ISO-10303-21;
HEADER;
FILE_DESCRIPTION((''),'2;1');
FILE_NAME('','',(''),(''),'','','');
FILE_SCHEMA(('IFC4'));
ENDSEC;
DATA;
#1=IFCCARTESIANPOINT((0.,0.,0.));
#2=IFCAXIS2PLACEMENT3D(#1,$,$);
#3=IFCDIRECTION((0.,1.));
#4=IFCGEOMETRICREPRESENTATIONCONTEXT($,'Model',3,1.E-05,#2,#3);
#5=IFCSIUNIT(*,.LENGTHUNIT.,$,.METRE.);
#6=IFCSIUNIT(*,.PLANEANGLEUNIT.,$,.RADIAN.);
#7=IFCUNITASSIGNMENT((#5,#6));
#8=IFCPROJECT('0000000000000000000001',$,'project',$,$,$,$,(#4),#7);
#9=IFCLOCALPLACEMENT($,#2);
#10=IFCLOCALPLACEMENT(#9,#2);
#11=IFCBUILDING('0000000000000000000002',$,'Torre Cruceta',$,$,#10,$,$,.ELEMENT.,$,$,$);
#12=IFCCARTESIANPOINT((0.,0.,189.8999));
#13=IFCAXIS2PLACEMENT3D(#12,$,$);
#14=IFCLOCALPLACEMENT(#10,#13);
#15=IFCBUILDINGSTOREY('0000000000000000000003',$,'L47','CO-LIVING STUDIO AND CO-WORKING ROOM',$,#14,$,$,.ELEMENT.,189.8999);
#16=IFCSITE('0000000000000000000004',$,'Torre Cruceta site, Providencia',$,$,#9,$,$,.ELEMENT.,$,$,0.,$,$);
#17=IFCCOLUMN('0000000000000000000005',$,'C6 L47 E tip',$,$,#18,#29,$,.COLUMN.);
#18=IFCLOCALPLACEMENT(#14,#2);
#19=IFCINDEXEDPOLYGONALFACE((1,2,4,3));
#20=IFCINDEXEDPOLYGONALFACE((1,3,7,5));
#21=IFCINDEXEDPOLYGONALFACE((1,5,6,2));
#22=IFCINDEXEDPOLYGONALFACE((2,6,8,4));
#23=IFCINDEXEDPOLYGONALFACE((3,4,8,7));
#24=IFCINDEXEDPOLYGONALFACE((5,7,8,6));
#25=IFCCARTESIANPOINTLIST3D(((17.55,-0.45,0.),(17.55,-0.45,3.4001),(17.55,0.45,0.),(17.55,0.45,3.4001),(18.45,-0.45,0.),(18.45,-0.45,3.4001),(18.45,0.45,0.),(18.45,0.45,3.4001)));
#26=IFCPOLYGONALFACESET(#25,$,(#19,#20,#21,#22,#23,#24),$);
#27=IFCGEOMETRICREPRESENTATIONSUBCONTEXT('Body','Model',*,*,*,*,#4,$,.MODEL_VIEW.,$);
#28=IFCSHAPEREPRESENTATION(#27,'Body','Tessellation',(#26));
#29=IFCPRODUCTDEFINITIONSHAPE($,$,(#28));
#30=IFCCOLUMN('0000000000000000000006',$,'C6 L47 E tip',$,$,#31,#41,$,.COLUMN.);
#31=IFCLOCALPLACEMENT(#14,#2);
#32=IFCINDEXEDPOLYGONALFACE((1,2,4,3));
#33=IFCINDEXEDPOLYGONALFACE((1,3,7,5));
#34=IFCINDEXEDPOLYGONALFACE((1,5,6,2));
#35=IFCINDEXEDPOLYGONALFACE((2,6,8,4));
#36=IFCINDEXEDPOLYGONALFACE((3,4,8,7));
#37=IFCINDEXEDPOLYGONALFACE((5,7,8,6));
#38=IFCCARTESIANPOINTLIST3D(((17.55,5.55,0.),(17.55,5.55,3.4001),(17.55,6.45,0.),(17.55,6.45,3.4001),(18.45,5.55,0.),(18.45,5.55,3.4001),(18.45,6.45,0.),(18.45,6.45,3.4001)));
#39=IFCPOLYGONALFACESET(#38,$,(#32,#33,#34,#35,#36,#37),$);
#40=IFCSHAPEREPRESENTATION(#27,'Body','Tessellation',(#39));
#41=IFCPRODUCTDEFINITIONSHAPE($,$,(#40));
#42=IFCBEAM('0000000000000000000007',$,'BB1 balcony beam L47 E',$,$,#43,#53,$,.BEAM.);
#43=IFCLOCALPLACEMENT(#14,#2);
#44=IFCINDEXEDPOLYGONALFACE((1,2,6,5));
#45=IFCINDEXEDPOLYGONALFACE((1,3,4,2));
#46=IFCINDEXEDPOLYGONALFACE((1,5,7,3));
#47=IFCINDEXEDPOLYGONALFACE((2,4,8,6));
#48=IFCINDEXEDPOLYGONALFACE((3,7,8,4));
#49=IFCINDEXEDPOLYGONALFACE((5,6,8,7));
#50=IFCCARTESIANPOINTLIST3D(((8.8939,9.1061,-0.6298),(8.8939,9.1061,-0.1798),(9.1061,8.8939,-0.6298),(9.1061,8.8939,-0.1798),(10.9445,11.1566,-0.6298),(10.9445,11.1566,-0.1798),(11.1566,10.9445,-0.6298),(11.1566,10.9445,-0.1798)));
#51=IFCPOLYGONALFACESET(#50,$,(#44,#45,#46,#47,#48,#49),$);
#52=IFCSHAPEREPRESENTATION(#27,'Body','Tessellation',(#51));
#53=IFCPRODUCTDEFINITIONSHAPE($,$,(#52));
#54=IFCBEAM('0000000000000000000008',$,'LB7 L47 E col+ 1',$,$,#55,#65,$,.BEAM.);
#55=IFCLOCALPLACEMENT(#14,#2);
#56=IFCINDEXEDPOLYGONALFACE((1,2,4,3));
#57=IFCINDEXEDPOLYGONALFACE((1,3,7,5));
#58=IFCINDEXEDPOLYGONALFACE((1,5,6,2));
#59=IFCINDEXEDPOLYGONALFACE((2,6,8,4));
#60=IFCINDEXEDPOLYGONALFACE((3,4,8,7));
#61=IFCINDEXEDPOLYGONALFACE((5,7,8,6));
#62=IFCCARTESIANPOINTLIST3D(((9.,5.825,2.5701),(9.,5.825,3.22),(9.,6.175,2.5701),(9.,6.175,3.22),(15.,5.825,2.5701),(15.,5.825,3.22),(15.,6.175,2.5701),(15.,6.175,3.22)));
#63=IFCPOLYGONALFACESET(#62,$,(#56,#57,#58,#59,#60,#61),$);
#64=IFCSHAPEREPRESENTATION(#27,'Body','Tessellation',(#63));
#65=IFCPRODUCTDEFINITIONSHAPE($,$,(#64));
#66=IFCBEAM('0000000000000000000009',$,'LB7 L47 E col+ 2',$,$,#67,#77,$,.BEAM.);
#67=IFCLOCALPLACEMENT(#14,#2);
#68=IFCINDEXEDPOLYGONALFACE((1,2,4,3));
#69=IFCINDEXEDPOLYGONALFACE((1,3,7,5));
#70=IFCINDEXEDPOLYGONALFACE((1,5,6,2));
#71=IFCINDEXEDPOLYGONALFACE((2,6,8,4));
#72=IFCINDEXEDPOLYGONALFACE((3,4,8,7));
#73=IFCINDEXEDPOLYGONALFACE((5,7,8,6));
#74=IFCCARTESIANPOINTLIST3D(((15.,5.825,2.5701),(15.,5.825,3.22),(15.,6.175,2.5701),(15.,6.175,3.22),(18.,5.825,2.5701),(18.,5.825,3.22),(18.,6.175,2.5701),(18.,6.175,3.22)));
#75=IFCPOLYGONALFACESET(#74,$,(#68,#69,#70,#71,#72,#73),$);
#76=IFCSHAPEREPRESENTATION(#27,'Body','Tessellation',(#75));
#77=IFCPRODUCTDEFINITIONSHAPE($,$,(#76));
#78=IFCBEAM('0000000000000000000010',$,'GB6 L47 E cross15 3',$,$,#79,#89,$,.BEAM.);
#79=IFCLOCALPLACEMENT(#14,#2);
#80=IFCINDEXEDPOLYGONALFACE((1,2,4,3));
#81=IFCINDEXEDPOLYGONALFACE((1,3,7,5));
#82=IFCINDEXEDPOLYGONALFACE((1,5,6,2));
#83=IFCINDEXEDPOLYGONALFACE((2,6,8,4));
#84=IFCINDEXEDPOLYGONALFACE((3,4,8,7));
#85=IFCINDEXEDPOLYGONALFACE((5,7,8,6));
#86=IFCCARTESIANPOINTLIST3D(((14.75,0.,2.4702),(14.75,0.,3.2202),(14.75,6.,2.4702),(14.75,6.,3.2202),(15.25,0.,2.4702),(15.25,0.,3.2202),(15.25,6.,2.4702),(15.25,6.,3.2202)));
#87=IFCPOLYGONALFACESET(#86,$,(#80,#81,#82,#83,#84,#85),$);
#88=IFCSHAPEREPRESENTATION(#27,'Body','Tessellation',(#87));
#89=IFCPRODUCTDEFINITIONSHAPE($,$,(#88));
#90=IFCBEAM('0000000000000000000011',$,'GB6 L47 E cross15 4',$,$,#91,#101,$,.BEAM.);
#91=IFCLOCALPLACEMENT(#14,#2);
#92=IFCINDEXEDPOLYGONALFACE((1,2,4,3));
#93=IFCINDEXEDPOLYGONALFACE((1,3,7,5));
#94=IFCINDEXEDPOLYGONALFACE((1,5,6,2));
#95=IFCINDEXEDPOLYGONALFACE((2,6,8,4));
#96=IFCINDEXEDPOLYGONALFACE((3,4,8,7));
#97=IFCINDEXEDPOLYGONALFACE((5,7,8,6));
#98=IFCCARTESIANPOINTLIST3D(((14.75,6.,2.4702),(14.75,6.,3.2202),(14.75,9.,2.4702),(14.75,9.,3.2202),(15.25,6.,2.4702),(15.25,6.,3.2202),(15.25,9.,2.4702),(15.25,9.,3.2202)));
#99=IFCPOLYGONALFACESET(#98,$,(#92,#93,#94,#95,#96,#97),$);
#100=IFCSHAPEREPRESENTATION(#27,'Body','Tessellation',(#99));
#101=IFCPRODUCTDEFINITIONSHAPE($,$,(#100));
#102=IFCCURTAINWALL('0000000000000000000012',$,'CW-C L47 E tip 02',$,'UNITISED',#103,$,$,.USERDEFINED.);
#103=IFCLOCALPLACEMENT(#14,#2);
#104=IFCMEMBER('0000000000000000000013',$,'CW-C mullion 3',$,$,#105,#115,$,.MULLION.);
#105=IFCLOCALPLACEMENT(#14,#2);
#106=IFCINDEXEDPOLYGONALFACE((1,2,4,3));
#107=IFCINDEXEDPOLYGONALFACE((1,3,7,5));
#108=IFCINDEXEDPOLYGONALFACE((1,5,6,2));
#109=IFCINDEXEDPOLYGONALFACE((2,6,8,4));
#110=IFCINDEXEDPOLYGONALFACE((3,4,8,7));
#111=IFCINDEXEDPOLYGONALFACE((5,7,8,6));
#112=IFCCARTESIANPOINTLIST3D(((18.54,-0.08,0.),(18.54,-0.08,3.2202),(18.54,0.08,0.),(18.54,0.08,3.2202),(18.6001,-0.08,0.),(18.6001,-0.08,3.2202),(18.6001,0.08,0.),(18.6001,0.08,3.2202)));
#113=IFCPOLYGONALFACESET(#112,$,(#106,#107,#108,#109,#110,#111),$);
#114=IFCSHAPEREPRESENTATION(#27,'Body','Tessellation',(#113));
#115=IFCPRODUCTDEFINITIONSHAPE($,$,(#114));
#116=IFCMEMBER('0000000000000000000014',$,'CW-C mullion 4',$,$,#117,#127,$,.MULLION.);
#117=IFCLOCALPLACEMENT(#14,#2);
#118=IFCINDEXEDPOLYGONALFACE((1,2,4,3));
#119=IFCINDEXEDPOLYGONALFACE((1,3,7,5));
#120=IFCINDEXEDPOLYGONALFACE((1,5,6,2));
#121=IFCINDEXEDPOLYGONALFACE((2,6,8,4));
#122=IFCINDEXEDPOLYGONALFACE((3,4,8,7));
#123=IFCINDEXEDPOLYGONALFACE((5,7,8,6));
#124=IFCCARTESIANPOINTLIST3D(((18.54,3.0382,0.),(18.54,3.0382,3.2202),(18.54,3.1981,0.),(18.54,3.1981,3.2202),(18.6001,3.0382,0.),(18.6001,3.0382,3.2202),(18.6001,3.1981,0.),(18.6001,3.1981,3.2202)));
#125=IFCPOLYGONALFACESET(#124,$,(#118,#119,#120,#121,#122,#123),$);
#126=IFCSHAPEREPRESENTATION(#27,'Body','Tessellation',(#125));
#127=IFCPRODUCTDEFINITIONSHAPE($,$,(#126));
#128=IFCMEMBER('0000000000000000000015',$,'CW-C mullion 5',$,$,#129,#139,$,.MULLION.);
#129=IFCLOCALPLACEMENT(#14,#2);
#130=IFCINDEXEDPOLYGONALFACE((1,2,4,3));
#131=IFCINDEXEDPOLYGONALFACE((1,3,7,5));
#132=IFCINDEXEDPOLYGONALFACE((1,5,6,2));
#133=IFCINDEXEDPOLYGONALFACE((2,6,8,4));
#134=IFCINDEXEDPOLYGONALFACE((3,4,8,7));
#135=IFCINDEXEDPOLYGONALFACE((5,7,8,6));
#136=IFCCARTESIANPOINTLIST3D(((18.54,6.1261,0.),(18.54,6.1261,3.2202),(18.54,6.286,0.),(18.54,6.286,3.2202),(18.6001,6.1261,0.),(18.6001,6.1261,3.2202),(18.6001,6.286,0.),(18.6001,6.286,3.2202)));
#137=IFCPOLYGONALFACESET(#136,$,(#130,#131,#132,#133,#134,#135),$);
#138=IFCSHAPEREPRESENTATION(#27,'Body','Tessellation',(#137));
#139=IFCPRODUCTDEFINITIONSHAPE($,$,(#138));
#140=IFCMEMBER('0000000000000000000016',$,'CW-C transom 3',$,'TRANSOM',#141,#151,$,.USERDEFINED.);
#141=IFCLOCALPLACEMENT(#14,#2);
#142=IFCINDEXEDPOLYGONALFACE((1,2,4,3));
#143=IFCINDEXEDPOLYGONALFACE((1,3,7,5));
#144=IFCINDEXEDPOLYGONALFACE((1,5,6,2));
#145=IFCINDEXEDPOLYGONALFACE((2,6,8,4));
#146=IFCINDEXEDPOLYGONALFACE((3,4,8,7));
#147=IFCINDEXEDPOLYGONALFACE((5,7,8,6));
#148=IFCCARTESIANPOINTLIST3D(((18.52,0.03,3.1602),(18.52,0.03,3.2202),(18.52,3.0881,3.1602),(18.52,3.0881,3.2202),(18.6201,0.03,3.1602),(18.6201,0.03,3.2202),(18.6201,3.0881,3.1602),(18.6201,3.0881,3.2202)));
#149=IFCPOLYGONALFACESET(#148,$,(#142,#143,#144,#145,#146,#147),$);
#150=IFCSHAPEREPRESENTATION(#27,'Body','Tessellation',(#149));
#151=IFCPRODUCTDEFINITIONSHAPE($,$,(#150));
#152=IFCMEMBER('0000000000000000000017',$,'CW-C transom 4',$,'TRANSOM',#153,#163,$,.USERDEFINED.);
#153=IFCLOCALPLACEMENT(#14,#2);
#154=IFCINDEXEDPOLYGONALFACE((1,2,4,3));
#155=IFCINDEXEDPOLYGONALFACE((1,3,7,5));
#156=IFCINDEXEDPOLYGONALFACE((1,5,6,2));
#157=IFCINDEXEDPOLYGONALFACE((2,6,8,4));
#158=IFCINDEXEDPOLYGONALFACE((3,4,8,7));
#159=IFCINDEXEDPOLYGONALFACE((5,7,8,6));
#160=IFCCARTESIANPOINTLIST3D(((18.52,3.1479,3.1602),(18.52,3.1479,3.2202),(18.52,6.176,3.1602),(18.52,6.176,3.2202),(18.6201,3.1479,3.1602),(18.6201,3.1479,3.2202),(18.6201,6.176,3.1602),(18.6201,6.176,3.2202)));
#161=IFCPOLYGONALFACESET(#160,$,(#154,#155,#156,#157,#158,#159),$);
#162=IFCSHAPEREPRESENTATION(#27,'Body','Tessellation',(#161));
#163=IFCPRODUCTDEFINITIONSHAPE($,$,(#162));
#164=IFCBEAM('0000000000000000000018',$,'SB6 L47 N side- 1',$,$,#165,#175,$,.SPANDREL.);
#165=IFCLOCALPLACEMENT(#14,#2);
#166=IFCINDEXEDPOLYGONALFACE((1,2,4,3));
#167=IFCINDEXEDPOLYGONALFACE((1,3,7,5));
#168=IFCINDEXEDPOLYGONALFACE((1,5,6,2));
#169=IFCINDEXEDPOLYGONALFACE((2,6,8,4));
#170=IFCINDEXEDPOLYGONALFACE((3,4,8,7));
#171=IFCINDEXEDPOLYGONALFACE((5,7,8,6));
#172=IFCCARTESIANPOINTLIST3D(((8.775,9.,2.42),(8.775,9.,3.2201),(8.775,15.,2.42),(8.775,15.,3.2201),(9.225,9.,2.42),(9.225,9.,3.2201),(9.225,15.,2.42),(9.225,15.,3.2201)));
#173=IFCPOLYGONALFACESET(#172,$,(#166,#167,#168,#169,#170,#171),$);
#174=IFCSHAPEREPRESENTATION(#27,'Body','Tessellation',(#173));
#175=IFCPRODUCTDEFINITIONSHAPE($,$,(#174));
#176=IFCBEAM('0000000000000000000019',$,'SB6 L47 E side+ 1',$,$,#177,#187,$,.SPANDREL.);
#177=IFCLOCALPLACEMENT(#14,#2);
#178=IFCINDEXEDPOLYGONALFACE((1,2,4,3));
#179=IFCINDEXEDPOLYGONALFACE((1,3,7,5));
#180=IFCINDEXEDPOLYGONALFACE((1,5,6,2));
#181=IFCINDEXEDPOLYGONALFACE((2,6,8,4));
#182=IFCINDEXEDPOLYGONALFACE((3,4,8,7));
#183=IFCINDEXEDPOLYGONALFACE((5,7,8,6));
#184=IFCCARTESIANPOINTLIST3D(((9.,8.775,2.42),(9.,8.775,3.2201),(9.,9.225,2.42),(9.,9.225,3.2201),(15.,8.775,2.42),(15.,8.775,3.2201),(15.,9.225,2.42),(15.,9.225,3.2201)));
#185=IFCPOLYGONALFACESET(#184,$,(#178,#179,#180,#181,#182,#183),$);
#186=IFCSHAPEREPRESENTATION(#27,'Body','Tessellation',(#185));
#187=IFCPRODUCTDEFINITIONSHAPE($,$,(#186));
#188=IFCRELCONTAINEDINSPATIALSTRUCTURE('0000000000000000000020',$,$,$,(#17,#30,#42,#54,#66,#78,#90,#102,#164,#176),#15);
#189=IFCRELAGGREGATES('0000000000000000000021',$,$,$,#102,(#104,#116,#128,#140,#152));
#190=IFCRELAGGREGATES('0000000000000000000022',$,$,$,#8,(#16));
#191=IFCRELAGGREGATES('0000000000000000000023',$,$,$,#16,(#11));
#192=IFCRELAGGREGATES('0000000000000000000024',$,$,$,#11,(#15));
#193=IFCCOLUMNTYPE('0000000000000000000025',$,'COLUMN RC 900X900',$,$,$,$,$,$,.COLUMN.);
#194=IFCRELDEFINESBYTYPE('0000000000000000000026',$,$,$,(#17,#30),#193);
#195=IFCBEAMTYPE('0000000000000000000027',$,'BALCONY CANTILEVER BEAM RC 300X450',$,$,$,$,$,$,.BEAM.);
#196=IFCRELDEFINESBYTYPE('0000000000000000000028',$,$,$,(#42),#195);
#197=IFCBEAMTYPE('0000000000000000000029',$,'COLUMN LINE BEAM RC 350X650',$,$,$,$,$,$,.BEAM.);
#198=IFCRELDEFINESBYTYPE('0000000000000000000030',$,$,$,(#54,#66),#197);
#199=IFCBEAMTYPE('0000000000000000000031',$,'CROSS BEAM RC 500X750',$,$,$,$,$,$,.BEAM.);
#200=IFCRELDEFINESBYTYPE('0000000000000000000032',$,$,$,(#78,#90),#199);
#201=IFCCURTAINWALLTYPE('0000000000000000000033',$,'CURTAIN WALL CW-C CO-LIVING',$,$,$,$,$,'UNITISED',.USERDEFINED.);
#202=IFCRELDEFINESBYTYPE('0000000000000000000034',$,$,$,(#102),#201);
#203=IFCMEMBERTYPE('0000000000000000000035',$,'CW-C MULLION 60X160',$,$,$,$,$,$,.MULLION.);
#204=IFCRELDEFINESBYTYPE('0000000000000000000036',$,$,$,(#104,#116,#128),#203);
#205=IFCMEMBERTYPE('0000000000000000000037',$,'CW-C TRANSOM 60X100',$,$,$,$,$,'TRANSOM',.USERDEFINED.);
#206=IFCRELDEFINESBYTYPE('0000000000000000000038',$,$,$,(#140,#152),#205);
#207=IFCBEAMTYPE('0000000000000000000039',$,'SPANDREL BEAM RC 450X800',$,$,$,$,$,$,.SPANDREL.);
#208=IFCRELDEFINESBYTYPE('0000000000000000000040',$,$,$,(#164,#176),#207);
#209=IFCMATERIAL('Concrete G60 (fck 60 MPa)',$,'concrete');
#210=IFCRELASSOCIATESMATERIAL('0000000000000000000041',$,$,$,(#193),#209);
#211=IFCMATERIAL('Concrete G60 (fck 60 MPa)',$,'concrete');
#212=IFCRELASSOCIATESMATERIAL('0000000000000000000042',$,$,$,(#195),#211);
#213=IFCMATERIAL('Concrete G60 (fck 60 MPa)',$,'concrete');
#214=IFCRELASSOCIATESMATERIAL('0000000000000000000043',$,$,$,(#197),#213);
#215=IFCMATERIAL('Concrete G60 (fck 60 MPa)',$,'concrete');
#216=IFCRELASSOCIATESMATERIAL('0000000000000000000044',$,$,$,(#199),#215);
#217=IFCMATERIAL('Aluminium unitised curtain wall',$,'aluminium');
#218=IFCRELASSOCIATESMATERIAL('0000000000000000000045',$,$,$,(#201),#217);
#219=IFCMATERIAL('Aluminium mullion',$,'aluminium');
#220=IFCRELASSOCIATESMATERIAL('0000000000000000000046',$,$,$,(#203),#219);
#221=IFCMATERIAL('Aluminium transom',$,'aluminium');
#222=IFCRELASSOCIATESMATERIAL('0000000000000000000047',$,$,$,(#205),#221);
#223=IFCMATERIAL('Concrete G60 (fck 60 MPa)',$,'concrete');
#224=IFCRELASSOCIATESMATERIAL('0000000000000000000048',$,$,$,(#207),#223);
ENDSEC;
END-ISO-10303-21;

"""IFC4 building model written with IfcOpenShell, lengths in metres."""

from ifc_helpers import new_model, si_unit, direction, frame, origin, origin_2d, place, context, subcontext, project, spatial, rectangle, extrude, material, material_profile, profile_set, type_object, element, aggregate, save


model = new_model("IFC4")

# Units and contexts
model_context = context("Model", 3, precision=1e-05, world=origin(), true_north=direction((0.0, 1.0)))
body_context = subcontext(model_context, "Body", "Model", "MODEL_VIEW")
ifc_project = project(units=[si_unit("LENGTHUNIT", "METRE"), si_unit("PLANEANGLEUNIT", "RADIAN")], contexts=[model_context])

# Site, building, storey
site_placement = place(None, origin())
site = spatial("IfcSite", under=ifc_project, at=site_placement, Name="Torre Cruceta site, Providencia", CompositionType="ELEMENT", RefElevation=0.0)
building_placement = place(site_placement, origin())
building = spatial("IfcBuilding", under=site, at=building_placement, Name="Torre Cruceta", CompositionType="ELEMENT")
storey_placement = place(building_placement, frame((0.0, 0.0, 189.8999)))
storey = spatial("IfcBuildingStorey", under=building, at=storey_placement, Name="L47", Description="CO-LIVING STUDIO AND CO-WORKING ROOM", CompositionType="ELEMENT", Elevation=189.8999)

# Columns
ifc_material_1 = material(Name="Concrete G60 (fck 60 MPa)", Category="concrete")
ifc_material_profile_1 = material_profile(ifc_material_1, rectangle(XDim=0.8999, YDim=0.8999, at=origin_2d()), Name="RC 900X900")
ifc_profile_set_1 = profile_set([ifc_material_profile_1], Name="Concrete G60 (fck 60 MPa)")
column_type = type_object("IfcColumnType", Name="COLUMN RC 900X900", PredefinedType="COLUMN", material=ifc_profile_set_1)
for number, where, z_axis, x_axis, name in (
    (1, (18.0, 0.0, 0.0), (0.0, 0.0, 1.0), (1.0, 0.0, 0.0), "C6 L47 E tip"),
    (2, (18.0, 6.0, 0.0), (0.0, 0.0, 1.0), (1.0, 0.0, 0.0), "C6 L47 E tip"),
):
    element("IfcColumn", number, at=place(storey_placement, frame(where, z_axis=z_axis, x_axis=x_axis)), inside=storey, type_object=column_type, Name=name, PredefinedType="COLUMN", context=body_context, shape_type="SweptSolid", body=[
        extrude(rectangle(XDim=0.8999, YDim=0.8999, at=origin_2d()), origin(), (0.0, 0.0, 1.0), 3.4001),
    ])

# Beams
ifc_material_2 = material(Name="Concrete G60 (fck 60 MPa)", Category="concrete")
ifc_material_profile_2 = material_profile(ifc_material_2, rectangle(XDim=0.3, YDim=0.45, at=origin_2d()), Name="RC 300X450")
ifc_profile_set_2 = profile_set([ifc_material_profile_2], Name="Concrete G60 (fck 60 MPa)")
beam_type_1 = type_object("IfcBeamType", Name="BALCONY CANTILEVER BEAM RC 300X450", PredefinedType="BEAM", material=ifc_profile_set_2)
beam_1_placement = place(storey_placement, frame((9.0, 9.0, -0.4048), z_axis=(0.707107, 0.707107, 0.0), x_axis=(-0.707107, 0.707107, 0.0)))
element("IfcBeam", 3, at=beam_1_placement, inside=storey, type_object=beam_type_1, Name="BB1 balcony beam L47 E", PredefinedType="BEAM", context=body_context, shape_type="SweptSolid", body=[
    extrude(rectangle(XDim=0.3, YDim=0.45, at=origin_2d()), origin(), (0.0, 0.0, 1.0), 2.8999),
])
ifc_material_3 = material(Name="Concrete G60 (fck 60 MPa)", Category="concrete")
ifc_material_profile_3 = material_profile(ifc_material_3, rectangle(XDim=0.3501, YDim=0.6499, at=origin_2d()), Name="RC 350X650")
ifc_profile_set_3 = profile_set([ifc_material_profile_3], Name="Concrete G60 (fck 60 MPa)")
beam_type_2 = type_object("IfcBeamType", Name="COLUMN LINE BEAM RC 350X650", PredefinedType="BEAM", material=ifc_profile_set_3)
beam_2_placement = place(storey_placement, frame((9.0, 6.0, 2.895), z_axis=(1.0, 0.0, 0.0), x_axis=(0.0, 1.0, 0.0)))
element("IfcBeam", 4, at=beam_2_placement, inside=storey, type_object=beam_type_2, Name="LB7 L47 E col+ 1", PredefinedType="BEAM", context=body_context, shape_type="SweptSolid", body=[
    extrude(rectangle(XDim=0.3501, YDim=0.6499, at=origin_2d()), origin(), (0.0, 0.0, 1.0), 6.0),
])
beam_3_placement = place(storey_placement, frame((15.0, 6.0, 2.895), z_axis=(1.0, 0.0, 0.0), x_axis=(0.0, 1.0, 0.0)))
element("IfcBeam", 5, at=beam_3_placement, inside=storey, type_object=beam_type_2, Name="LB7 L47 E col+ 2", PredefinedType="BEAM", context=body_context, shape_type="SweptSolid", body=[
    extrude(rectangle(XDim=0.3501, YDim=0.6499, at=origin_2d()), origin(), (0.0, 0.0, 1.0), 3.0),
])
ifc_material_4 = material(Name="Concrete G60 (fck 60 MPa)", Category="concrete")
ifc_material_profile_4 = material_profile(ifc_material_4, rectangle(XDim=0.5, YDim=0.75, at=origin_2d()), Name="RC 500X750")
ifc_profile_set_4 = profile_set([ifc_material_profile_4], Name="Concrete G60 (fck 60 MPa)")
beam_type_3 = type_object("IfcBeamType", Name="CROSS BEAM RC 500X750", PredefinedType="BEAM", material=ifc_profile_set_4)
beam_4_placement = place(storey_placement, frame((15.0, 0.0, 2.8452), z_axis=(0.0, 1.0, 0.0), x_axis=(-1.0, 0.0, 0.0)))
element("IfcBeam", 6, at=beam_4_placement, inside=storey, type_object=beam_type_3, Name="GB6 L47 E cross15 3", PredefinedType="BEAM", context=body_context, shape_type="SweptSolid", body=[
    extrude(rectangle(XDim=0.5, YDim=0.75, at=origin_2d()), origin(), (0.0, 0.0, 1.0), 6.0),
])
beam_5_placement = place(storey_placement, frame((15.0, 6.0, 2.8452), z_axis=(0.0, 1.0, 0.0), x_axis=(-1.0, 0.0, 0.0)))
element("IfcBeam", 7, at=beam_5_placement, inside=storey, type_object=beam_type_3, Name="GB6 L47 E cross15 4", PredefinedType="BEAM", context=body_context, shape_type="SweptSolid", body=[
    extrude(rectangle(XDim=0.5, YDim=0.75, at=origin_2d()), origin(), (0.0, 0.0, 1.0), 3.0),
])

# Curtain wall, members
ifc_material_5 = material(Name="Aluminium unitised curtain wall", Category="aluminium")
curtain_wall_type = type_object("IfcCurtainWallType", Name="CURTAIN WALL CW-C CO-LIVING", ElementType="UNITISED", PredefinedType="USERDEFINED", material=ifc_material_5)
curtain_wall_placement = place(storey_placement, origin())
curtain_wall = element("IfcCurtainWall", 8, at=curtain_wall_placement, inside=storey, type_object=curtain_wall_type, Name="CW-C L47 E tip 02", ObjectType="UNITISED", PredefinedType="USERDEFINED")
ifc_material_6 = material(Name="Aluminium mullion", Category="aluminium")
ifc_material_profile_5 = material_profile(ifc_material_6, rectangle(XDim=0.0601, YDim=0.1599, at=origin_2d()), Name="AL 60X160")
ifc_profile_set_5 = profile_set([ifc_material_profile_5], Name="Aluminium mullion")
member_type_1 = type_object("IfcMemberType", Name="CW-C MULLION 60X160", PredefinedType="MULLION", material=ifc_profile_set_5)
member_1_placement = place(storey_placement, frame((18.5701, 0.0, 0.0), z_axis=(0.0, 0.0, 1.0), x_axis=(-1.0, 0.0, 0.0)))
member_1 = element("IfcMember", 9, at=member_1_placement, type_object=member_type_1, Name="CW-C mullion 3", PredefinedType="MULLION", context=body_context, shape_type="SweptSolid", body=[
    extrude(rectangle(XDim=0.0601, YDim=0.1599, at=origin_2d()), origin(), (0.0, 0.0, 1.0), 3.2202),
])
member_2_placement = place(storey_placement, frame((18.5701, 3.1182, 0.0), z_axis=(0.0, 0.0, 1.0), x_axis=(-1.0, 0.0, 0.0)))
member_2 = element("IfcMember", 10, at=member_2_placement, type_object=member_type_1, Name="CW-C mullion 4", PredefinedType="MULLION", context=body_context, shape_type="SweptSolid", body=[
    extrude(rectangle(XDim=0.0601, YDim=0.1599, at=origin_2d()), origin(), (0.0, 0.0, 1.0), 3.2202),
])
member_3_placement = place(storey_placement, frame((18.5701, 6.2061, 0.0), z_axis=(0.0, 0.0, 1.0), x_axis=(-1.0, 0.0, 0.0)))
member_3 = element("IfcMember", 11, at=member_3_placement, type_object=member_type_1, Name="CW-C mullion 5", PredefinedType="MULLION", context=body_context, shape_type="SweptSolid", body=[
    extrude(rectangle(XDim=0.0601, YDim=0.1599, at=origin_2d()), origin(), (0.0, 0.0, 1.0), 3.2202),
])
ifc_material_7 = material(Name="Aluminium transom", Category="aluminium")
ifc_material_profile_6 = material_profile(ifc_material_7, rectangle(XDim=0.1001, YDim=0.0601, at=origin_2d()), Name="AL 100X60")
ifc_profile_set_6 = profile_set([ifc_material_profile_6], Name="Aluminium transom")
member_type_2 = type_object("IfcMemberType", Name="CW-C TRANSOM 60X100", ElementType="TRANSOM", PredefinedType="USERDEFINED", material=ifc_profile_set_6)
member_4_placement = place(storey_placement, frame((18.5701, 0.03, 3.1902), z_axis=(0.0, 1.0, 0.0), x_axis=(-1.0, 0.0, 0.0)))
member_4 = element("IfcMember", 12, at=member_4_placement, type_object=member_type_2, Name="CW-C transom 3", ObjectType="TRANSOM", PredefinedType="USERDEFINED", context=body_context, shape_type="SweptSolid", body=[
    extrude(rectangle(XDim=0.1001, YDim=0.0601, at=origin_2d()), origin(), (0.0, 0.0, 1.0), 3.0581),
])
member_5_placement = place(storey_placement, frame((18.5701, 3.1479, 3.1902), z_axis=(0.0, 1.0, 0.0), x_axis=(-1.0, 0.0, 0.0)))
member_5 = element("IfcMember", 13, at=member_5_placement, type_object=member_type_2, Name="CW-C transom 4", ObjectType="TRANSOM", PredefinedType="USERDEFINED", context=body_context, shape_type="SweptSolid", body=[
    extrude(rectangle(XDim=0.1001, YDim=0.0601, at=origin_2d()), origin(), (0.0, 0.0, 1.0), 3.0281),
])

# Beams
ifc_material_8 = material(Name="Concrete G60 (fck 60 MPa)", Category="concrete")
ifc_material_profile_7 = material_profile(ifc_material_8, rectangle(XDim=0.45, YDim=0.8, at=origin_2d()), Name="RC 450X800")
ifc_profile_set_7 = profile_set([ifc_material_profile_7], Name="Concrete G60 (fck 60 MPa)")
beam_type_4 = type_object("IfcBeamType", Name="SPANDREL BEAM RC 450X800", PredefinedType="SPANDREL", material=ifc_profile_set_7)
for number, where, z_axis, x_axis, name in (
    (14, (9.0, 9.0, 2.8201), (0.0, 1.0, 0.0), (-1.0, 0.0, 0.0), "SB6 L47 N side- 1"),
    (15, (9.0, 9.0, 2.8201), (1.0, 0.0, 0.0), (0.0, 1.0, 0.0), "SB6 L47 E side+ 1"),
):
    element("IfcBeam", number, at=place(storey_placement, frame(where, z_axis=z_axis, x_axis=x_axis)), inside=storey, type_object=beam_type_4, Name=name, PredefinedType="SPANDREL", context=body_context, shape_type="SweptSolid", body=[
        extrude(rectangle(XDim=0.45, YDim=0.8, at=origin_2d()), origin(), (0.0, 0.0, 1.0), 6.0),
    ])

aggregate(curtain_wall, [member_1, member_2, member_3, member_4, member_5])

save(model, "model.ifc")
